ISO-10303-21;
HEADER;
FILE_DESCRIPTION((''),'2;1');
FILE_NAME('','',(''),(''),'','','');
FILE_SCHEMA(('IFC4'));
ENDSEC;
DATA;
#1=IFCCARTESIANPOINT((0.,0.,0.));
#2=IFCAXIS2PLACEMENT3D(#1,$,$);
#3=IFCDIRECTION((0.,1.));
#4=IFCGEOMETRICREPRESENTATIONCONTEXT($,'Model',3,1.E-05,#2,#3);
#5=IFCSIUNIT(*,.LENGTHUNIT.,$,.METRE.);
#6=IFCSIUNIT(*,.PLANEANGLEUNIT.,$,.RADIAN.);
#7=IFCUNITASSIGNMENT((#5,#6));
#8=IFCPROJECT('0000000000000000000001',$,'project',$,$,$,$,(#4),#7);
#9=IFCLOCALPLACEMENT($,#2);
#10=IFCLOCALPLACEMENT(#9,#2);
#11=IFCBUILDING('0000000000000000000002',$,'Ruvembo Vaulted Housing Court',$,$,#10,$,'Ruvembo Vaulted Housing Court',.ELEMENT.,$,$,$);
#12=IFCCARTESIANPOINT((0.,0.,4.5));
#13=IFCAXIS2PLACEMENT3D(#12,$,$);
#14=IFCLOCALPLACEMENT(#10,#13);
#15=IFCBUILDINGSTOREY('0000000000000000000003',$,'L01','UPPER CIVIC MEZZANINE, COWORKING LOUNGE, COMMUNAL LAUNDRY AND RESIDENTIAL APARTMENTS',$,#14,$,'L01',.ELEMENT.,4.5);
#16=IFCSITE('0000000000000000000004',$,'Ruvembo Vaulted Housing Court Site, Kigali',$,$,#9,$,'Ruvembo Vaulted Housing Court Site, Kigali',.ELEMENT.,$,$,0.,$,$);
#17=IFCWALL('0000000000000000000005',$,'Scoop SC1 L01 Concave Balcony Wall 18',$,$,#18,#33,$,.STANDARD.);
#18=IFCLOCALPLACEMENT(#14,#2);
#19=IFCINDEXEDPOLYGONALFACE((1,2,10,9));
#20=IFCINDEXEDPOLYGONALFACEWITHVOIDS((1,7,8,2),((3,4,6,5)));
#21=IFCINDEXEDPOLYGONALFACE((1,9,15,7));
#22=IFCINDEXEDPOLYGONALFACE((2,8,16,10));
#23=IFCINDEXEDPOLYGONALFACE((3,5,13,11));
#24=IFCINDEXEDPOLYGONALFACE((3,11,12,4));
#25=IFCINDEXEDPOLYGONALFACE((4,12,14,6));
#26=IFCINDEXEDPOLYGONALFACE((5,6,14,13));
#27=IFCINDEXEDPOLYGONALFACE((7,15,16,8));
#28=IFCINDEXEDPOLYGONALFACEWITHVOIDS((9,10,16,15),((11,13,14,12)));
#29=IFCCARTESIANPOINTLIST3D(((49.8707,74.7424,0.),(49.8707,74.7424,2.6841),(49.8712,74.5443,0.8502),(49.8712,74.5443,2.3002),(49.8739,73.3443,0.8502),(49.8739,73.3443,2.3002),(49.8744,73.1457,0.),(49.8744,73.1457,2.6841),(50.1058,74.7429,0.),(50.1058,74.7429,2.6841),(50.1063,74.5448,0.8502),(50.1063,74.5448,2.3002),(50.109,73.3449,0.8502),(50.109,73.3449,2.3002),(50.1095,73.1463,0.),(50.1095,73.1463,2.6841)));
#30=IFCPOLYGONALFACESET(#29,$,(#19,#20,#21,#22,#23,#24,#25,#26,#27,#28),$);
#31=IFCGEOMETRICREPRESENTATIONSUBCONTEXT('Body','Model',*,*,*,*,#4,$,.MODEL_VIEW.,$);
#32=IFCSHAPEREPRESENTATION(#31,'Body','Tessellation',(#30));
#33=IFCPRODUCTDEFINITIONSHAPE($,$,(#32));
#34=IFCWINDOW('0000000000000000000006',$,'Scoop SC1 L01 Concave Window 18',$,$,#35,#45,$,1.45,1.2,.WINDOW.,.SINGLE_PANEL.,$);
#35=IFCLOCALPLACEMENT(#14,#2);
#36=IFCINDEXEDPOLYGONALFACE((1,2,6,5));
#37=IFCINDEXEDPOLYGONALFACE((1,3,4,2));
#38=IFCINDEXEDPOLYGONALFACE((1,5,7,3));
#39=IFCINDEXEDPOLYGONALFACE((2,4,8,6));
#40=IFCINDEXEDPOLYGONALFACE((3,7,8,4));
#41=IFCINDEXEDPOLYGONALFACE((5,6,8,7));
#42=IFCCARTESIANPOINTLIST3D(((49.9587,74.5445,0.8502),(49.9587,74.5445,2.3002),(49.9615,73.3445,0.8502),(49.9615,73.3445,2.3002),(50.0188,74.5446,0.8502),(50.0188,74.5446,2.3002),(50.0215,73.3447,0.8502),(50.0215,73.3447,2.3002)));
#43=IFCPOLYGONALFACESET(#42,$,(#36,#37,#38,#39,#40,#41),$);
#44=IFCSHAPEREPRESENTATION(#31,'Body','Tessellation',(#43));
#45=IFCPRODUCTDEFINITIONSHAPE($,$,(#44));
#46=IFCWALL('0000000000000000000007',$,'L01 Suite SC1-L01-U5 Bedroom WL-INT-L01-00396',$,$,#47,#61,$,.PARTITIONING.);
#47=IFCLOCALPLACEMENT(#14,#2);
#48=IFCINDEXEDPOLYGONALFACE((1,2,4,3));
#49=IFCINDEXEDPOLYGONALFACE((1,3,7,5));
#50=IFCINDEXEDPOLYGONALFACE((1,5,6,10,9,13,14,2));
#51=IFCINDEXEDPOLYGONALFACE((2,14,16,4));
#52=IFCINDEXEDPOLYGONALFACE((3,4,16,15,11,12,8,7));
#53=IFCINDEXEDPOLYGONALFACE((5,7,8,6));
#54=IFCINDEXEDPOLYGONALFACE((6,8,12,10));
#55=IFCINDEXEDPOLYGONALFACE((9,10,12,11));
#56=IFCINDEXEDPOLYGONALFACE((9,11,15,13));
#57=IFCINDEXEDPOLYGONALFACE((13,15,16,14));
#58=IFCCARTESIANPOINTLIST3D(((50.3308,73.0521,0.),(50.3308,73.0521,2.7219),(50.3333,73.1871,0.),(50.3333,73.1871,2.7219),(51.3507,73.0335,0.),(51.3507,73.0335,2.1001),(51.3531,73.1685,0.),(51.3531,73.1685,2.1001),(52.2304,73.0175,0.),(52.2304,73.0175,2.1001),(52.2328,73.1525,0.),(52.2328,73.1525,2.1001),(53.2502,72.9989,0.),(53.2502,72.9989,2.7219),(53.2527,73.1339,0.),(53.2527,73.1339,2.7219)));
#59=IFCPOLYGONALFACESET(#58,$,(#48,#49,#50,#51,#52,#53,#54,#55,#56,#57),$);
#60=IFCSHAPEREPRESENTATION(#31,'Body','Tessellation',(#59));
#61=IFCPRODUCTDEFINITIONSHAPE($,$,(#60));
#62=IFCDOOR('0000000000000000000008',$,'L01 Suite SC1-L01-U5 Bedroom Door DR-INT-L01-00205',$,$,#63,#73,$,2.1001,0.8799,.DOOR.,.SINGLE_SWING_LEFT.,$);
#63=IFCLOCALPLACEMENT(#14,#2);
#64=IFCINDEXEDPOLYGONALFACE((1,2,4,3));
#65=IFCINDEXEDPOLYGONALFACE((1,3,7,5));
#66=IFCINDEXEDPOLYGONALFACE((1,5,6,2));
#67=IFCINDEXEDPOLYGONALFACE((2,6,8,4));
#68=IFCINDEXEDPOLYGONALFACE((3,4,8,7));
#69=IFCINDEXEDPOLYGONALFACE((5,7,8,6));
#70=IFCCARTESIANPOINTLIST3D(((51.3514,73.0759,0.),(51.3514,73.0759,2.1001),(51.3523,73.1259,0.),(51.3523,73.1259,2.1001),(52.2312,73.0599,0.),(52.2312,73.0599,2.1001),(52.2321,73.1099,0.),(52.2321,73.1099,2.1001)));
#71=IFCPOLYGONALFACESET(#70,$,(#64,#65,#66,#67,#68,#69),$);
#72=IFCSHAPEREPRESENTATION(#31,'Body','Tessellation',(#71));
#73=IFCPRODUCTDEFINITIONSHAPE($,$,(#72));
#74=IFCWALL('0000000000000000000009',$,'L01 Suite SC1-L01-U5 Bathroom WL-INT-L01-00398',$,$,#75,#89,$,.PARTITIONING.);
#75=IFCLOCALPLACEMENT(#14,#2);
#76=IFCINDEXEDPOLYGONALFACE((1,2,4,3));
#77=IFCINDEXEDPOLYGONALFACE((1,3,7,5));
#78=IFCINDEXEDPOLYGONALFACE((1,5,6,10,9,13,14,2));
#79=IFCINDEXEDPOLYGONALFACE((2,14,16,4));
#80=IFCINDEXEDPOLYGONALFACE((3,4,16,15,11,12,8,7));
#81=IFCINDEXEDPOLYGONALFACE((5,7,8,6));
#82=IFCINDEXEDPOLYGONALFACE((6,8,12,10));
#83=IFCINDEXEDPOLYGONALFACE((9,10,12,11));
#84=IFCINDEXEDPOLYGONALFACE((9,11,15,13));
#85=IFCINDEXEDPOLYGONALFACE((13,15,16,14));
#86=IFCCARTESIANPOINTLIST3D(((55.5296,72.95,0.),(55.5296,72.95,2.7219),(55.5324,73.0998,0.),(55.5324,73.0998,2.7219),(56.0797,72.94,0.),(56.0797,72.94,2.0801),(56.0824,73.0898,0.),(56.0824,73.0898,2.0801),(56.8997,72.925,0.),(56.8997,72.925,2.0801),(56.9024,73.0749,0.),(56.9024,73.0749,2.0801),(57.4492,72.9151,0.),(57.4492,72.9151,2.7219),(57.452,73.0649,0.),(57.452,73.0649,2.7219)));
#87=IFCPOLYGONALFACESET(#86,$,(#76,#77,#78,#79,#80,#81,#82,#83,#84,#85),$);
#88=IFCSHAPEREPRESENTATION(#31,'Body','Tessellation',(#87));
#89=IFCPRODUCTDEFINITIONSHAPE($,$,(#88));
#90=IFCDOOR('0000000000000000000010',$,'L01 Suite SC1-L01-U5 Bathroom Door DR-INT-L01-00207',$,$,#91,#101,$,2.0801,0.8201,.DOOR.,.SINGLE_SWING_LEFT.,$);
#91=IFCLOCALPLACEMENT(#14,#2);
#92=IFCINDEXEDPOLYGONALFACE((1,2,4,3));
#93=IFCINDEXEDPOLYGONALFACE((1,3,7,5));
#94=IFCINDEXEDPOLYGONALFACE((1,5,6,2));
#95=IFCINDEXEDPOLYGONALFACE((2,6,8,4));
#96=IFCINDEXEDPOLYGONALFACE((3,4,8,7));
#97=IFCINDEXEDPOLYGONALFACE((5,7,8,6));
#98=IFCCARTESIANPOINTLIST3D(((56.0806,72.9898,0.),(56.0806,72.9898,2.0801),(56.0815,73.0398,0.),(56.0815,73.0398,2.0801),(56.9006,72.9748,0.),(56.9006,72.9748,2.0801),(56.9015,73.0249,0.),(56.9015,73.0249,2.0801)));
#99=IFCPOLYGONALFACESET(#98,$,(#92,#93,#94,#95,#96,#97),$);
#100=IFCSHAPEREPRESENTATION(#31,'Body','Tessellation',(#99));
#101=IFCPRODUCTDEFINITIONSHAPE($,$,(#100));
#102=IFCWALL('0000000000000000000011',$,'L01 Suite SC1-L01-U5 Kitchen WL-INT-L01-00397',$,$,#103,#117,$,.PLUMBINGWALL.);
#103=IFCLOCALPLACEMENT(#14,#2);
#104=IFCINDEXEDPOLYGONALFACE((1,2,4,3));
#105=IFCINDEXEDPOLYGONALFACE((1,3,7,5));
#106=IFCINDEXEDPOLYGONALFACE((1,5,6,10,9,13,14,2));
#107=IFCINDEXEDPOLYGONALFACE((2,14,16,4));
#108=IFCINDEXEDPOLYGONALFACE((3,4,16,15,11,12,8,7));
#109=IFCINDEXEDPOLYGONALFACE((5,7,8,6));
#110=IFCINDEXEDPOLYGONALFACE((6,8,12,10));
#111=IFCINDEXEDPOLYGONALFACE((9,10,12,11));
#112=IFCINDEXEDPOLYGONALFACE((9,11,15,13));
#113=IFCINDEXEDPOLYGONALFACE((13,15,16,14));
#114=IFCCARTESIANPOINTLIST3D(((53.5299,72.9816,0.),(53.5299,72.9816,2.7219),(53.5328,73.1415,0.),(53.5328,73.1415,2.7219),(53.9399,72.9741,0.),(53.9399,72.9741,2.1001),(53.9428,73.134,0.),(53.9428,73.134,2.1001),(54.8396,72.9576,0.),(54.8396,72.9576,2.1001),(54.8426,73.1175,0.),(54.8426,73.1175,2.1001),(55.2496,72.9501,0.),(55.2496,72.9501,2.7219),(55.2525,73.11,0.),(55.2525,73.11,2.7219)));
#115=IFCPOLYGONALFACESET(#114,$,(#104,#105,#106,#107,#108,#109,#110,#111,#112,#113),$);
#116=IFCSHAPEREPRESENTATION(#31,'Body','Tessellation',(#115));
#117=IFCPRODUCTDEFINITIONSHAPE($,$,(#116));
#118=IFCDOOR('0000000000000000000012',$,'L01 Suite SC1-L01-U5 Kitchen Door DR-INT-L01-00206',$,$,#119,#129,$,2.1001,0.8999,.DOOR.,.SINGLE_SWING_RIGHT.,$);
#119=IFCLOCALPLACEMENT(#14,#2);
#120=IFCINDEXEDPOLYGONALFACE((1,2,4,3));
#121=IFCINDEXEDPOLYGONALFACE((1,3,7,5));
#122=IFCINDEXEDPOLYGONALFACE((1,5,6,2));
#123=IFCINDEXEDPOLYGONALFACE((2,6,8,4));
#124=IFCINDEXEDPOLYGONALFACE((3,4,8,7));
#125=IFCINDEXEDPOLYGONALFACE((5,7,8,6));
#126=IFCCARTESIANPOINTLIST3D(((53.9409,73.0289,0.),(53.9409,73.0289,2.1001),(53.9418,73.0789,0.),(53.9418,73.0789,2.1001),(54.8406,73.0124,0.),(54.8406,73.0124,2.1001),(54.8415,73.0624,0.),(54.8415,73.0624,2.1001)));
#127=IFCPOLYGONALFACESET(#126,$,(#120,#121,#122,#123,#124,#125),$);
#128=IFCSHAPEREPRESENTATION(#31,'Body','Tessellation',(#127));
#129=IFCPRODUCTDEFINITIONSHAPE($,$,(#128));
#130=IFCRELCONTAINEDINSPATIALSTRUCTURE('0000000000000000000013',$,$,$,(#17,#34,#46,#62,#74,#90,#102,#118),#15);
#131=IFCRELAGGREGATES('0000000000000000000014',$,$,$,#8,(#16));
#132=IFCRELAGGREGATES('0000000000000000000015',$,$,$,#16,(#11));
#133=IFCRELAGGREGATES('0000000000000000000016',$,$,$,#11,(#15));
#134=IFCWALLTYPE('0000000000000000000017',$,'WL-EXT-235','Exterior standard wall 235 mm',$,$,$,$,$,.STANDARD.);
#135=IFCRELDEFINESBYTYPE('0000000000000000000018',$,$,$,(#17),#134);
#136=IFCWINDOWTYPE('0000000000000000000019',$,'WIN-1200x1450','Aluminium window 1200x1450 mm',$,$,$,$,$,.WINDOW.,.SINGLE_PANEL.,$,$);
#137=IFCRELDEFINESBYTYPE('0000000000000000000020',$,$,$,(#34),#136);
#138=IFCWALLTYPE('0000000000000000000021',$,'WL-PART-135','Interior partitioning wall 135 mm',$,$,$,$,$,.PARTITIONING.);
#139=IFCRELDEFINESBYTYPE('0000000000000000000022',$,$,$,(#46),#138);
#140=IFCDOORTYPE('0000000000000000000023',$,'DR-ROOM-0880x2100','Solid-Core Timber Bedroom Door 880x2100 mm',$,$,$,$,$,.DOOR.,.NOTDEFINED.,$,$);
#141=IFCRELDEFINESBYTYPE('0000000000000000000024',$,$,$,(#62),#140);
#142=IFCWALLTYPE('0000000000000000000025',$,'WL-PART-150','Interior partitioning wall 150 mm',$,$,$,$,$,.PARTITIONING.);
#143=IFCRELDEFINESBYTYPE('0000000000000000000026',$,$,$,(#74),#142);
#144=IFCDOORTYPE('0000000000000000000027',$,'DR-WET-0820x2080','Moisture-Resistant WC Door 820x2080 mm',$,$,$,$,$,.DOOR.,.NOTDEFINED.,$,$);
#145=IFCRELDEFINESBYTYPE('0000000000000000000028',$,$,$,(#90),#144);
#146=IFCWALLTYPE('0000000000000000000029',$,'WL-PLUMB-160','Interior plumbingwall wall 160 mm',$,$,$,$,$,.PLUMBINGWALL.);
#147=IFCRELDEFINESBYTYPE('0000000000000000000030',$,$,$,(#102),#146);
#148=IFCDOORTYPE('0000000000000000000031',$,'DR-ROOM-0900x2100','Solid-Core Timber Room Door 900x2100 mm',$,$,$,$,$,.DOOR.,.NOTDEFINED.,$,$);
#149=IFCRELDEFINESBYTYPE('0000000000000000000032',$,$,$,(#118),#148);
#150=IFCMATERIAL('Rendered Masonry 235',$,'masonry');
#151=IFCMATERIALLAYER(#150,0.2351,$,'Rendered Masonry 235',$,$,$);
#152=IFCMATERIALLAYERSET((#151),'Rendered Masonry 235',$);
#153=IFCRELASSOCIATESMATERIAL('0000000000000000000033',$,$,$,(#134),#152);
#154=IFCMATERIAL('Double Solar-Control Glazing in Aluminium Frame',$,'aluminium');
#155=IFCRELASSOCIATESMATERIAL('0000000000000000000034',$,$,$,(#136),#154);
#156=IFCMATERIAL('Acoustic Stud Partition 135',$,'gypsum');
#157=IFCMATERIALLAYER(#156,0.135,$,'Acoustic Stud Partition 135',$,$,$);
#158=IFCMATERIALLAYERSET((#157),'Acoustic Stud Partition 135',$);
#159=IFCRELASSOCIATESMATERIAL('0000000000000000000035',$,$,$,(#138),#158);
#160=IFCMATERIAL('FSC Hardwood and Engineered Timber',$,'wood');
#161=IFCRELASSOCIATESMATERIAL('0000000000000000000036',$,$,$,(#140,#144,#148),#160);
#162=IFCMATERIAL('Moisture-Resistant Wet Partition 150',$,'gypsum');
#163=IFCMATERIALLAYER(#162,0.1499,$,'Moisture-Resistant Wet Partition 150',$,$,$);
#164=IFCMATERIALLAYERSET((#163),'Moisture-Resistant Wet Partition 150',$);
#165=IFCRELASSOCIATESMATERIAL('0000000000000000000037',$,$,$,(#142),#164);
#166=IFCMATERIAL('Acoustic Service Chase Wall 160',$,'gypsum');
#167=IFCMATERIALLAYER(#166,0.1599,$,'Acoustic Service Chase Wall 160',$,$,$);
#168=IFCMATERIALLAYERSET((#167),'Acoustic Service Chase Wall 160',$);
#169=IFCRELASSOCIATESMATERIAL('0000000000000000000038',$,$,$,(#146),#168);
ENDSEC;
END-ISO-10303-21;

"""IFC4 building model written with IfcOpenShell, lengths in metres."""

from ifc_helpers import new_model, si_unit, direction, frame, frame_2d, origin, place, context, subcontext, project, spatial, rectangle, extrude, material, layer, layer_set, type_object, element, fill, save


model = new_model("IFC4")

# Units and contexts
model_context = context("Model", 3, precision=1e-05, world=origin(), true_north=direction((0.0, 1.0)))
body_context = subcontext(model_context, "Body", "Model", "MODEL_VIEW")
ifc_project = project(units=[si_unit("LENGTHUNIT", "METRE"), si_unit("PLANEANGLEUNIT", "RADIAN")], contexts=[model_context])

# Site, building, storey
site_placement = place(None, origin())
site = spatial("IfcSite", under=ifc_project, at=site_placement, Name="Ruvembo Vaulted Housing Court Site, Kigali", LongName="Ruvembo Vaulted Housing Court Site, Kigali", CompositionType="ELEMENT", RefElevation=0.0)
building_placement = place(site_placement, origin())
building = spatial("IfcBuilding", under=site, at=building_placement, Name="Ruvembo Vaulted Housing Court", LongName="Ruvembo Vaulted Housing Court", CompositionType="ELEMENT")
storey_placement = place(building_placement, frame((0.0, 0.0, 4.5)))
storey = spatial("IfcBuildingStorey", under=building, at=storey_placement, Name="L01", Description="UPPER CIVIC MEZZANINE, COWORKING LOUNGE, COMMUNAL LAUNDRY AND RESIDENTIAL APARTMENTS", LongName="L01", CompositionType="ELEMENT", Elevation=4.5)

# Wall, opening, window
ifc_material_1 = material(Name="Rendered Masonry 235", Category="masonry")
ifc_layer_1 = layer(ifc_material_1, 0.2351, Name="Rendered Masonry 235")
ifc_layer_set_1 = layer_set([ifc_layer_1], Name="Rendered Masonry 235")
wall_type_1 = type_object("IfcWallType", Name="WL-EXT-235", Description="Exterior standard wall 235 mm", PredefinedType="STANDARD", material=ifc_layer_set_1)
ifc_material_2 = material(Name="Double Solar-Control Glazing in Aluminium Frame", Category="aluminium")
wall_1_placement = place(storey_placement, frame((49.9919, 73.146, 0.0), z_axis=(0.0, 0.0, 1.0), x_axis=(-0.002294, 0.999997, 0.0)))
wall_1 = element("IfcWall", 1, at=wall_1_placement, inside=storey, type_object=wall_type_1, Name="Scoop SC1 L01 Concave Balcony Wall 18", PredefinedType="STANDARD", context=body_context, shape_type="SweptSolid", body=[
    extrude(rectangle(XDim=1.5967, YDim=0.2351, at=frame_2d((0.7983, 0.0))), origin(), (0.0, 0.0, 1.0), 2.6841),
])
opening_1_placement = place(wall_1_placement, frame((0.1985, 0.0, 0.8501)))
opening_1 = element("IfcOpeningElement", 2, at=opening_1_placement, cuts=wall_1, PredefinedType="OPENING", context=body_context, shape_type="SweptSolid", body=[
    extrude(rectangle(XDim=1.2, YDim=1.45, at=frame_2d((0.6001, 0.7251))), frame((0.0, 0.1274, 0.0), z_axis=(0.0, -1.0, 0.0), x_axis=(1.0, 0.0, 0.0)), (0.0, 0.0, 1.0), 0.2551),
])
window_type_1 = type_object("IfcWindowType", Name="WIN-1200x1450", Description="Aluminium window 1200x1450 mm", PartitioningType="SINGLE_PANEL", PredefinedType="WINDOW", material=ifc_material_2)
window_1_placement = place(opening_1_placement, origin())
window_1 = element("IfcWindow", 3, at=window_1_placement, inside=storey, type_object=window_type_1, Name="Scoop SC1 L01 Concave Window 18", OverallHeight=1.45, OverallWidth=1.2, PartitioningType="SINGLE_PANEL", PredefinedType="WINDOW", context=body_context, shape_type="SweptSolid", body=[
    extrude(rectangle(XDim=1.2, YDim=1.45, at=frame_2d((0.6001, 0.7251))), frame((0.0, 0.03, 0.0), z_axis=(0.0, -1.0, 0.0), x_axis=(1.0, 0.0, 0.0)), (0.0, 0.0, 1.0), 0.0601),
])
fill(opening_1, window_1)

# Walls, openings, doors
ifc_material_3 = material(Name="Acoustic Stud Partition 135", Category="gypsum")
ifc_layer_2 = layer(ifc_material_3, 0.135, Name="Acoustic Stud Partition 135")
ifc_layer_set_2 = layer_set([ifc_layer_2], Name="Acoustic Stud Partition 135")
wall_type_2 = type_object("IfcWallType", Name="WL-PART-135", Description="Interior partitioning wall 135 mm", PredefinedType="PARTITIONING", material=ifc_layer_set_2)
wall_2_placement = place(storey_placement, frame((50.332, 73.1196, 0.0), z_axis=(0.0, 0.0, 1.0), x_axis=(0.999834, -0.018227, 0.0)))
wall_2 = element("IfcWall", 4, at=wall_2_placement, inside=storey, type_object=wall_type_2, Name="L01 Suite SC1-L01-U5 Bedroom WL-INT-L01-00396", PredefinedType="PARTITIONING", context=body_context, shape_type="SweptSolid", body=[
    extrude(rectangle(XDim=2.9199, YDim=0.135, at=frame_2d((1.46, 0.0))), origin(), (0.0, 0.0, 1.0), 2.7219),
])
opening_2_placement = place(wall_2_placement, frame((1.02, 0.0, 0.0)))
opening_2 = element("IfcOpeningElement", 5, at=opening_2_placement, cuts=wall_2, PredefinedType="OPENING", context=body_context, shape_type="SweptSolid", body=[
    extrude(rectangle(XDim=0.8799, YDim=2.1001, at=frame_2d((0.4399, 1.05))), frame((0.0, 0.0774, 0.0), z_axis=(0.0, -1.0, 0.0), x_axis=(1.0, 0.0, 0.0)), (0.0, 0.0, 1.0), 0.155),
])
ifc_material_4 = material(Name="FSC Hardwood and Engineered Timber", Category="wood")
door_type_1 = type_object("IfcDoorType", Name="DR-ROOM-0880x2100", Description="Solid-Core Timber Bedroom Door 880x2100 mm", OperationType="NOTDEFINED", PredefinedType="DOOR", material=ifc_material_4)
door_1_placement = place(opening_2_placement, origin())
door_1 = element("IfcDoor", 6, at=door_1_placement, inside=storey, type_object=door_type_1, Name="L01 Suite SC1-L01-U5 Bedroom Door DR-INT-L01-00205", OperationType="SINGLE_SWING_LEFT", OverallHeight=2.1001, OverallWidth=0.8799, PredefinedType="DOOR", context=body_context, shape_type="SweptSolid", body=[
    extrude(rectangle(XDim=0.8799, YDim=2.1001, at=frame_2d((0.4399, 1.05))), frame((0.0, 0.0249, 0.0), z_axis=(0.0, -1.0, 0.0), x_axis=(1.0, 0.0, 0.0)), (0.0, 0.0, 1.0), 0.05),
])
fill(opening_2, door_1)
ifc_material_5 = material(Name="Moisture-Resistant Wet Partition 150", Category="gypsum")
ifc_layer_3 = layer(ifc_material_5, 0.1499, Name="Moisture-Resistant Wet Partition 150")
ifc_layer_set_3 = layer_set([ifc_layer_3], Name="Moisture-Resistant Wet Partition 150")
wall_type_3 = type_object("IfcWallType", Name="WL-PART-150", Description="Interior partitioning wall 150 mm", PredefinedType="PARTITIONING", material=ifc_layer_set_3)
wall_3_placement = place(storey_placement, frame((55.531, 73.0249, 0.0), z_axis=(0.0, 0.0, 1.0), x_axis=(0.999835, -0.018183, 0.0)))
wall_3 = element("IfcWall", 7, at=wall_3_placement, inside=storey, type_object=wall_type_3, Name="L01 Suite SC1-L01-U5 Bathroom WL-INT-L01-00398", PredefinedType="PARTITIONING", context=body_context, shape_type="SweptSolid", body=[
    extrude(rectangle(XDim=1.9199, YDim=0.1499, at=frame_2d((0.96, 0.0))), origin(), (0.0, 0.0, 1.0), 2.7219),
])
opening_3_placement = place(wall_3_placement, frame((0.55, 0.0, 0.0)))
opening_3 = element("IfcOpeningElement", 8, at=opening_3_placement, cuts=wall_3, PredefinedType="OPENING", context=body_context, shape_type="SweptSolid", body=[
    extrude(rectangle(XDim=0.8201, YDim=2.0801, at=frame_2d((0.4102, 1.04))), frame((0.0, 0.085, 0.0), z_axis=(0.0, -1.0, 0.0), x_axis=(1.0, 0.0, 0.0)), (0.0, 0.0, 1.0), 0.1699),
])
door_type_2 = type_object("IfcDoorType", Name="DR-WET-0820x2080", Description="Moisture-Resistant WC Door 820x2080 mm", OperationType="NOTDEFINED", PredefinedType="DOOR", material=ifc_material_4)
door_2_placement = place(opening_3_placement, origin())
door_2 = element("IfcDoor", 9, at=door_2_placement, inside=storey, type_object=door_type_2, Name="L01 Suite SC1-L01-U5 Bathroom Door DR-INT-L01-00207", OperationType="SINGLE_SWING_LEFT", OverallHeight=2.0801, OverallWidth=0.8201, PredefinedType="DOOR", context=body_context, shape_type="SweptSolid", body=[
    extrude(rectangle(XDim=0.8201, YDim=2.0801, at=frame_2d((0.4102, 1.04))), frame((0.0, 0.0249, 0.0), z_axis=(0.0, -1.0, 0.0), x_axis=(1.0, 0.0, 0.0)), (0.0, 0.0, 1.0), 0.05),
])
fill(opening_3, door_2)
ifc_material_6 = material(Name="Acoustic Service Chase Wall 160", Category="gypsum")
ifc_layer_4 = layer(ifc_material_6, 0.1599, Name="Acoustic Service Chase Wall 160")
ifc_layer_set_4 = layer_set([ifc_layer_4], Name="Acoustic Service Chase Wall 160")
wall_type_4 = type_object("IfcWallType", Name="WL-PLUMB-160", Description="Interior plumbingwall wall 160 mm", PredefinedType="PLUMBINGWALL", material=ifc_layer_set_4)
wall_4_placement = place(storey_placement, frame((53.5315, 73.0615, 0.0), z_axis=(0.0, 0.0, 1.0), x_axis=(0.999832, -0.01831, 0.0)))
wall_4 = element("IfcWall", 10, at=wall_4_placement, inside=storey, type_object=wall_type_4, Name="L01 Suite SC1-L01-U5 Kitchen WL-INT-L01-00397", PredefinedType="PLUMBINGWALL", context=body_context, shape_type="SweptSolid", body=[
    extrude(rectangle(XDim=1.72, YDim=0.1599, at=frame_2d((0.8599, 0.0))), origin(), (0.0, 0.0, 1.0), 2.7219),
])
opening_4_placement = place(wall_4_placement, frame((0.4099, 0.0, 0.0)))
opening_4 = element("IfcOpeningElement", 11, at=opening_4_placement, cuts=wall_4, PredefinedType="OPENING", context=body_context, shape_type="SweptSolid", body=[
    extrude(rectangle(XDim=0.8999, YDim=2.1001, at=frame_2d((0.45, 1.05))), frame((0.0, 0.0898, 0.0), z_axis=(0.0, -1.0, 0.0), x_axis=(1.0, 0.0, 0.0)), (0.0, 0.0, 1.0), 0.1799),
])
door_type_3 = type_object("IfcDoorType", Name="DR-ROOM-0900x2100", Description="Solid-Core Timber Room Door 900x2100 mm", OperationType="NOTDEFINED", PredefinedType="DOOR", material=ifc_material_4)
door_3_placement = place(opening_4_placement, origin())
door_3 = element("IfcDoor", 12, at=door_3_placement, inside=storey, type_object=door_type_3, Name="L01 Suite SC1-L01-U5 Kitchen Door DR-INT-L01-00206", OperationType="SINGLE_SWING_RIGHT", OverallHeight=2.1001, OverallWidth=0.8999, PredefinedType="DOOR", context=body_context, shape_type="SweptSolid", body=[
    extrude(rectangle(XDim=0.8999, YDim=2.1001, at=frame_2d((0.45, 1.05))), frame((0.0, 0.0249, 0.0), z_axis=(0.0, -1.0, 0.0), x_axis=(1.0, 0.0, 0.0)), (0.0, 0.0, 1.0), 0.05),
])
fill(opening_4, door_3)

save(model, "model.ifc")
